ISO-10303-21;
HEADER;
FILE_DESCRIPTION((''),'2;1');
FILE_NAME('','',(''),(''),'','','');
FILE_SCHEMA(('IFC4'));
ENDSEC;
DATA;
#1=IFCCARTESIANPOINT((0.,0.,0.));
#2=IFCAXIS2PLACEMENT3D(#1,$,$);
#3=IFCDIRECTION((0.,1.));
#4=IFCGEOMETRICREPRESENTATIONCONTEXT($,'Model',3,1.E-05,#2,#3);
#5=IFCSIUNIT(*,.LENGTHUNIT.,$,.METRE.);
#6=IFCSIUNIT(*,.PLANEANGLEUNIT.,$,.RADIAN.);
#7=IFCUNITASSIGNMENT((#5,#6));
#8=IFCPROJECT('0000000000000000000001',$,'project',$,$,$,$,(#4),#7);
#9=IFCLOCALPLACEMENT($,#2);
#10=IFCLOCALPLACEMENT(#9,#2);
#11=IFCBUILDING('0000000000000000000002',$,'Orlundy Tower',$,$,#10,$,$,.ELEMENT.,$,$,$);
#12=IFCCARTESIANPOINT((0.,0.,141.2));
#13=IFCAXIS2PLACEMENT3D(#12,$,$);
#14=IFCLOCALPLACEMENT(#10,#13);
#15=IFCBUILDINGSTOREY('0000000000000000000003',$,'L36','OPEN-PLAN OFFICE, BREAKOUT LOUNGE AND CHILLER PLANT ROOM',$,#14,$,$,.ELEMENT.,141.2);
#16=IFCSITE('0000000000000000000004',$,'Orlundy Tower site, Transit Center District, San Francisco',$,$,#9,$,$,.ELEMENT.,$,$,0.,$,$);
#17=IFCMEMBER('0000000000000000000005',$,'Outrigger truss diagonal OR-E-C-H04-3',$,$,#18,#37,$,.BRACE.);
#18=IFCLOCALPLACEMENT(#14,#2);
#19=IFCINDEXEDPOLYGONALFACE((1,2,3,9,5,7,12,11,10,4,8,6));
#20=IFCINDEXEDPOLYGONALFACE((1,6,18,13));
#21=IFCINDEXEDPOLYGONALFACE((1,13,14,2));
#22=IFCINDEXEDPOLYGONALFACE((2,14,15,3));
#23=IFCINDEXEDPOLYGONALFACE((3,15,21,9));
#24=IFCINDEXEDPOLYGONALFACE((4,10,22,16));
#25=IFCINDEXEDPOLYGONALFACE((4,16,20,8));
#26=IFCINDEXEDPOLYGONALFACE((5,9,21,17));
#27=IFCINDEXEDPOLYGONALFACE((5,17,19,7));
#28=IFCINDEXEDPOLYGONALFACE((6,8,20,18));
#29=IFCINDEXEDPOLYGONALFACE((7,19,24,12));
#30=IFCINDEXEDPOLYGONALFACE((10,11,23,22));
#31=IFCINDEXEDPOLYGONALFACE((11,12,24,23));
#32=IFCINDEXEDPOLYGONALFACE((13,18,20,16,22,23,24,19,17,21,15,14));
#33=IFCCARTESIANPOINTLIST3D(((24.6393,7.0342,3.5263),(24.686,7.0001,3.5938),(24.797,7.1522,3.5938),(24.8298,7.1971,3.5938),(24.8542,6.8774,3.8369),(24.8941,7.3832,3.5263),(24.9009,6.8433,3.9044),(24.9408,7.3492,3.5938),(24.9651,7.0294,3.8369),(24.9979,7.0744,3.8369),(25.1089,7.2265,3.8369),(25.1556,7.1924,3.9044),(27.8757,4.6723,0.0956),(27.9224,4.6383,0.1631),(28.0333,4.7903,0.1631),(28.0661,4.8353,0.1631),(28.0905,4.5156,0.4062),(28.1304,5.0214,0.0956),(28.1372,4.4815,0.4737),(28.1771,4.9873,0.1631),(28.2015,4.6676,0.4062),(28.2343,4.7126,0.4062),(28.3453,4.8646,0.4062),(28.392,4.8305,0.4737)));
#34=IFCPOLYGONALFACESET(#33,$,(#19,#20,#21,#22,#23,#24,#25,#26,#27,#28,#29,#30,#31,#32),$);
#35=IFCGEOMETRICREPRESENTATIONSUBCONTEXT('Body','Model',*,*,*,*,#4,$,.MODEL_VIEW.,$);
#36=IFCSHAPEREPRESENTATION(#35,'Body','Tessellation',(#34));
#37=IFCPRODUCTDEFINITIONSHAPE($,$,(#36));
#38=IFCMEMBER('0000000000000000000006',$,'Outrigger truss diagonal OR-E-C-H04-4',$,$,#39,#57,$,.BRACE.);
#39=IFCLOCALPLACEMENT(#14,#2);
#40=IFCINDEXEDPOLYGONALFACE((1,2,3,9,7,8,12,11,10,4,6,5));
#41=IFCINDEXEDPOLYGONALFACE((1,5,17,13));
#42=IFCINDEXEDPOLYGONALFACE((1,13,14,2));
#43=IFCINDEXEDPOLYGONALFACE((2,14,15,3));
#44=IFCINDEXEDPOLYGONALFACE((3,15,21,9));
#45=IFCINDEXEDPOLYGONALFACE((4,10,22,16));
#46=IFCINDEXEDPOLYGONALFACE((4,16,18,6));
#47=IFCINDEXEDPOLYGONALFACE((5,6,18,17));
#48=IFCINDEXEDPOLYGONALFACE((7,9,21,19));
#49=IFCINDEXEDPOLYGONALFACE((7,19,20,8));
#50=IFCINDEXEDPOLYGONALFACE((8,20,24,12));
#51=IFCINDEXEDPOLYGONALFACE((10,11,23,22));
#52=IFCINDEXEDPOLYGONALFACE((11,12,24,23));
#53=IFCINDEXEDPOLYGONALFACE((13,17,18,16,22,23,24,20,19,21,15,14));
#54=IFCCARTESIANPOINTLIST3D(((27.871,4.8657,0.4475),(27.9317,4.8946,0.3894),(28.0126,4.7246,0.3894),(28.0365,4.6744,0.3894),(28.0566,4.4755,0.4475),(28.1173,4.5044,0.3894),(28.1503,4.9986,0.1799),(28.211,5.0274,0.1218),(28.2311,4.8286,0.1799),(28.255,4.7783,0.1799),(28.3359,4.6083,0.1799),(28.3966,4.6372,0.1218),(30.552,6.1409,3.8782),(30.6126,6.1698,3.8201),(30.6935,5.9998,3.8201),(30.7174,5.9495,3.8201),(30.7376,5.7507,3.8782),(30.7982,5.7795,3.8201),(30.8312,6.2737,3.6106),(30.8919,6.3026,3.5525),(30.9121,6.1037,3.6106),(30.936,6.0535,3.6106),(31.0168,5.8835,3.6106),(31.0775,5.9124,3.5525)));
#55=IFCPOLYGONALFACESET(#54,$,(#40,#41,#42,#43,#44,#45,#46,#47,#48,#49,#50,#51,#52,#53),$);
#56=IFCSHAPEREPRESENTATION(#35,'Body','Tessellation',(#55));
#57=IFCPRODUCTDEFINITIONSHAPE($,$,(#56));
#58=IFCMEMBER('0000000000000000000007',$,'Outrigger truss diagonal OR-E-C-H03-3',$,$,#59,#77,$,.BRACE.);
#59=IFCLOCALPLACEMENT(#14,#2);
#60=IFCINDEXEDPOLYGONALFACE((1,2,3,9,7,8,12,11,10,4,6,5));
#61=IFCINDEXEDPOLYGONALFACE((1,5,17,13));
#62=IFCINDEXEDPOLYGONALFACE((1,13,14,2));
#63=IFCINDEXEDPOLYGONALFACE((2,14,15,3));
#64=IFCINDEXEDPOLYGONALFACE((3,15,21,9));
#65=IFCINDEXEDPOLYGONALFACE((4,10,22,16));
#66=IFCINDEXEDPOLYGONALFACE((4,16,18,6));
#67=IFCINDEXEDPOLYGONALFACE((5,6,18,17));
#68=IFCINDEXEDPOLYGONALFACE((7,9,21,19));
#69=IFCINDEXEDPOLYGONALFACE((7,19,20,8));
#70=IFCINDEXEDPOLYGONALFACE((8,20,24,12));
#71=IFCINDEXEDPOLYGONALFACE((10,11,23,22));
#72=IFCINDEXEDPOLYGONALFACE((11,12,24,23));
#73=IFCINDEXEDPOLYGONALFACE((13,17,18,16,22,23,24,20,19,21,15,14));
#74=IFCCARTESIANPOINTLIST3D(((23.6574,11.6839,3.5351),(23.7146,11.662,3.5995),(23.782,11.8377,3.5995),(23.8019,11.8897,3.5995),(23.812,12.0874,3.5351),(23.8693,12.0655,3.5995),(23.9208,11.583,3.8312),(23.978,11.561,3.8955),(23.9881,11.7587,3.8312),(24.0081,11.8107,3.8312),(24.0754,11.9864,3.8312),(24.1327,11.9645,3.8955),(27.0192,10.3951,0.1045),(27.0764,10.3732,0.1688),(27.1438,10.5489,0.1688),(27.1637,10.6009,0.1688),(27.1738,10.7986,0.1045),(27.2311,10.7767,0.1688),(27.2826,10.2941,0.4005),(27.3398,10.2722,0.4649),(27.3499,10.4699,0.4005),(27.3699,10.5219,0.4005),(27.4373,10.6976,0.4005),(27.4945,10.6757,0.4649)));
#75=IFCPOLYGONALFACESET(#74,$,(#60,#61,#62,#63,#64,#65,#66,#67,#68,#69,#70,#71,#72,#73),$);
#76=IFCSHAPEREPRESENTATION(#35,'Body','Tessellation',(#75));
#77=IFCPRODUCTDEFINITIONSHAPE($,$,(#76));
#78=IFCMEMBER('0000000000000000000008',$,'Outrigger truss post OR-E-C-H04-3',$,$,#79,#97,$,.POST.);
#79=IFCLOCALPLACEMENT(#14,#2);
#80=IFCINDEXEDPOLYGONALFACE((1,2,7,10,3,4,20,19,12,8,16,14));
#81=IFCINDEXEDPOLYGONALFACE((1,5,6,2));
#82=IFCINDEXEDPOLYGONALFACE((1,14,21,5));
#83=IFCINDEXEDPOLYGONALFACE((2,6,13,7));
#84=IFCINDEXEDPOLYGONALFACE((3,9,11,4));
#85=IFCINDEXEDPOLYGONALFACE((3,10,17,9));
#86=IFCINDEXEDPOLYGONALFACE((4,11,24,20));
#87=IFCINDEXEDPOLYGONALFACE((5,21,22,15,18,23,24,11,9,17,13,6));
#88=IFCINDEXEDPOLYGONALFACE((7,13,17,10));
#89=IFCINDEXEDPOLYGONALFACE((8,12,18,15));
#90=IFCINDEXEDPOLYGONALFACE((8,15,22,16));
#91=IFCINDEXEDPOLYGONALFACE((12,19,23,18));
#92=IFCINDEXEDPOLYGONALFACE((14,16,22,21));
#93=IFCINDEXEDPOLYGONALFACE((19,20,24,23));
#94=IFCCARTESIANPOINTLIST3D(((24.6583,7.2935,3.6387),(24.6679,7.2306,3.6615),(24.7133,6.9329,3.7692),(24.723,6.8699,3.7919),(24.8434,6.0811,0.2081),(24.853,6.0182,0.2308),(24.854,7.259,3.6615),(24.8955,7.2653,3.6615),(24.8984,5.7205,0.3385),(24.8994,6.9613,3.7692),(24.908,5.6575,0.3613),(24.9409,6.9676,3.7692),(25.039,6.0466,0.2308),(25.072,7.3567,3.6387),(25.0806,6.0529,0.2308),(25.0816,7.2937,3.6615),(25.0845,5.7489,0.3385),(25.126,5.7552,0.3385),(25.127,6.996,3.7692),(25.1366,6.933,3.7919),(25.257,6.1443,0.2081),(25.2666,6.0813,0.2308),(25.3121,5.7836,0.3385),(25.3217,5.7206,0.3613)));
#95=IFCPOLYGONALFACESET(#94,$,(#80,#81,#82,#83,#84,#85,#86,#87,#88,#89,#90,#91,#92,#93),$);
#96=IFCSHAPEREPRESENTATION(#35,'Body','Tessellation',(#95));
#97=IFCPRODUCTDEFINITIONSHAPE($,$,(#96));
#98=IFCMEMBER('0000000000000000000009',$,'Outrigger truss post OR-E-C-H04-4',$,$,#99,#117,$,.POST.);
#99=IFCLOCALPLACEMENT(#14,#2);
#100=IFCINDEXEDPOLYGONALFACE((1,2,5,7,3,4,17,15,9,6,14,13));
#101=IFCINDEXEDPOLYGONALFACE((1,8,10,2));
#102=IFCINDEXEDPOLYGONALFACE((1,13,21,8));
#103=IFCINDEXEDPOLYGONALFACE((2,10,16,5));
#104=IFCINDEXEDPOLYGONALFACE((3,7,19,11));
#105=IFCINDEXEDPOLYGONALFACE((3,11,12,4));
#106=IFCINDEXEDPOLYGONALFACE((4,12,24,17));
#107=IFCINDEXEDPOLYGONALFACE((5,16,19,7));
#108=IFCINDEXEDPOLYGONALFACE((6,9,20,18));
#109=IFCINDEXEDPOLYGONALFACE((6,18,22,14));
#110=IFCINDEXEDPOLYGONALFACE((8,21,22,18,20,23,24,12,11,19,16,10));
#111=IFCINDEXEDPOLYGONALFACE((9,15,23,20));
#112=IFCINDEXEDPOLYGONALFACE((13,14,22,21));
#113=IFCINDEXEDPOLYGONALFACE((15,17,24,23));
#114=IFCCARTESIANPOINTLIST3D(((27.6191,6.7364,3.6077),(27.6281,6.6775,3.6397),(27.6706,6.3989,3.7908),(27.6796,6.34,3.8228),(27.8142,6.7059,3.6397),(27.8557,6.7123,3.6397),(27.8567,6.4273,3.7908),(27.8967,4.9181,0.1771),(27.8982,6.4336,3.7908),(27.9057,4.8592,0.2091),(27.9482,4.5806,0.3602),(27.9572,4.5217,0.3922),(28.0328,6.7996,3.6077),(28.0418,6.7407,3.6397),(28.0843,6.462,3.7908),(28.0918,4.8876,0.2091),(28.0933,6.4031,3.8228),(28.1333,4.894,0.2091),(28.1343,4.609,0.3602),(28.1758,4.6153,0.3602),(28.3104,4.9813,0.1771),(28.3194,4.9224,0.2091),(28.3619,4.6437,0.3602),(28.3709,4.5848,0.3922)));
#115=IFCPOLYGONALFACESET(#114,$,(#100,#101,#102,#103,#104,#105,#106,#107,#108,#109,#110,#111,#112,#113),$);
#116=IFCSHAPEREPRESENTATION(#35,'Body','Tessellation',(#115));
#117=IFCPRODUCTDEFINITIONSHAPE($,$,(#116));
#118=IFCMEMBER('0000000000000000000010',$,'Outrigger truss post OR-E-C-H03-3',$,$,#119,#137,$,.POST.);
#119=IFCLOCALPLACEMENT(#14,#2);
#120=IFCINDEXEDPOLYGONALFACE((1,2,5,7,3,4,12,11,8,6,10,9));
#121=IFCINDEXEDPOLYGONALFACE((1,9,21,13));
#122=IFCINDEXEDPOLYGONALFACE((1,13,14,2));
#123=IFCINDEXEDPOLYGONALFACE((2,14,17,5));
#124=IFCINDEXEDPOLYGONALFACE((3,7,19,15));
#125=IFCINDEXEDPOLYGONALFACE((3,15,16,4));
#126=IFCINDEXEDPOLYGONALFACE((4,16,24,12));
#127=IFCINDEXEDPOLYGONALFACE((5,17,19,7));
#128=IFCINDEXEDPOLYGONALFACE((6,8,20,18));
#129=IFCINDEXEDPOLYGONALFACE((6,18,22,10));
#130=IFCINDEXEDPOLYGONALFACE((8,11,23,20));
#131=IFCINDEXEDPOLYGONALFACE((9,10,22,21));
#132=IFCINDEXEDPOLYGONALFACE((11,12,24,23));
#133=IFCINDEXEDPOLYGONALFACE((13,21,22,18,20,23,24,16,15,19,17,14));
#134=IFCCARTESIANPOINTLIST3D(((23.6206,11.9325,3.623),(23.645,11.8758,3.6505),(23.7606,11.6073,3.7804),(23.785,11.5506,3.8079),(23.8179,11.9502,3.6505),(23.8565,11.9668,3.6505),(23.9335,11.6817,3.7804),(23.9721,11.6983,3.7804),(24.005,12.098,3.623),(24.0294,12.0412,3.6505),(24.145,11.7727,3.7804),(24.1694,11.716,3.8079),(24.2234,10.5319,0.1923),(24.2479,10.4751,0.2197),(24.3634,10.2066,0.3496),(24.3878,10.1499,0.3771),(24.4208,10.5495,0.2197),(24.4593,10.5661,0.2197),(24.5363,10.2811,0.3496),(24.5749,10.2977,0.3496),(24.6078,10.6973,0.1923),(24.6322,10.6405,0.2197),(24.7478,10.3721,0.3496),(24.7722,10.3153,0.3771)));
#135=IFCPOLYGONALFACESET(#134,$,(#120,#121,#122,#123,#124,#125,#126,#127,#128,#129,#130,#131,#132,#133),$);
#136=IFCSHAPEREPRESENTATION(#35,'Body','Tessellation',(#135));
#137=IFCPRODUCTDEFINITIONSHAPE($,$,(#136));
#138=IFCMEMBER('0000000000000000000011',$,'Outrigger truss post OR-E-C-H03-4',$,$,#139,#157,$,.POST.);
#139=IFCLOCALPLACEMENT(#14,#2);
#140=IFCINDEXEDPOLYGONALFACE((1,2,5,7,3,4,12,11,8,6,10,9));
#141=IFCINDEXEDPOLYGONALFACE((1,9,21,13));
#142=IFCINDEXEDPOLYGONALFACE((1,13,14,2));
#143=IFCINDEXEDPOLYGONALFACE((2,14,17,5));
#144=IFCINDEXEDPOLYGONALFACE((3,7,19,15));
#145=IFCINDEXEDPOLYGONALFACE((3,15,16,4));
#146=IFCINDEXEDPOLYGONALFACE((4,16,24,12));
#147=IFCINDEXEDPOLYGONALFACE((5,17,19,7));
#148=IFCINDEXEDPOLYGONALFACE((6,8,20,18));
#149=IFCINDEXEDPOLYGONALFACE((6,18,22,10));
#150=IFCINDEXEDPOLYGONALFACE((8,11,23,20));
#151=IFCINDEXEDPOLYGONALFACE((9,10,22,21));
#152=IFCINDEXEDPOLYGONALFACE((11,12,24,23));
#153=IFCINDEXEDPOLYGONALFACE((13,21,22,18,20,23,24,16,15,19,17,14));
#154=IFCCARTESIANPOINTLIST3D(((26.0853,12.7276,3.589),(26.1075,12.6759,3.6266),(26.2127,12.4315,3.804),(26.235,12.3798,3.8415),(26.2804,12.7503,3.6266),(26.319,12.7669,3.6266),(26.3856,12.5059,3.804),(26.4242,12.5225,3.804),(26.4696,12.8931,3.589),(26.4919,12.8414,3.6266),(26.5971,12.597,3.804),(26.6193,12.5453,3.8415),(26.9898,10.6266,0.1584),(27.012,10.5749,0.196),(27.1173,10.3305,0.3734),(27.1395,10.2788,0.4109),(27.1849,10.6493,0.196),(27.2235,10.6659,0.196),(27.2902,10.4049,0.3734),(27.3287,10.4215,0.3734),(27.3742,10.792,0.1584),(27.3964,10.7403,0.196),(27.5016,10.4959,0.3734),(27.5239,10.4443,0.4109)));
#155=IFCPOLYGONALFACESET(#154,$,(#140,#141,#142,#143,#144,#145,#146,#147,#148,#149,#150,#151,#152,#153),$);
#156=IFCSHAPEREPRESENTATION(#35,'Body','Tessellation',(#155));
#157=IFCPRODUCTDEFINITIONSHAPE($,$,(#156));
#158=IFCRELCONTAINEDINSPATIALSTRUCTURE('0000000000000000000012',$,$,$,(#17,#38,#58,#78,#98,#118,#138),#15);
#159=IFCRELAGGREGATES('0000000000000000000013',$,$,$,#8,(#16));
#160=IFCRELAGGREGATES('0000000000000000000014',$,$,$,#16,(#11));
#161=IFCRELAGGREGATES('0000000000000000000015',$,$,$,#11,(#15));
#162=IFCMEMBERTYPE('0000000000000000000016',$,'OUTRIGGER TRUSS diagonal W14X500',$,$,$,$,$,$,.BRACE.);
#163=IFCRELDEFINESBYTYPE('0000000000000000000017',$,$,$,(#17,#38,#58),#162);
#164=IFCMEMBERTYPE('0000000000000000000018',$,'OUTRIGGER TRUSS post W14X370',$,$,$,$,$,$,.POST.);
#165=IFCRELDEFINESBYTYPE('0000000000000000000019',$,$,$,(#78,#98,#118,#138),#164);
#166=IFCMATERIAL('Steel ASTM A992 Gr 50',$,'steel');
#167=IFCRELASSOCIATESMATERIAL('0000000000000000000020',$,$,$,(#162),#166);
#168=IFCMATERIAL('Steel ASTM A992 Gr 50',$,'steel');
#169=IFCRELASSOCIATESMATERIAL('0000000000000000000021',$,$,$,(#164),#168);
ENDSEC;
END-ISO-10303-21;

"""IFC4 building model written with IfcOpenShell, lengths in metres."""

from ifc_helpers import new_model, si_unit, direction, frame, origin, origin_2d, place, context, subcontext, project, spatial, i_section, extrude, material, material_profile, profile_set, type_object, element, save


model = new_model("IFC4")

# Units and contexts
model_context = context("Model", 3, precision=1e-05, world=origin(), true_north=direction((0.0, 1.0)))
body_context = subcontext(model_context, "Body", "Model", "MODEL_VIEW")
ifc_project = project(units=[si_unit("LENGTHUNIT", "METRE"), si_unit("PLANEANGLEUNIT", "RADIAN")], contexts=[model_context])

# Site, building, storey
site_placement = place(None, origin())
site = spatial("IfcSite", under=ifc_project, at=site_placement, Name="Orlundy Tower site, Transit Center District, San Francisco", CompositionType="ELEMENT", RefElevation=0.0)
building_placement = place(site_placement, origin())
building = spatial("IfcBuilding", under=site, at=building_placement, Name="Orlundy Tower", CompositionType="ELEMENT")
storey_placement = place(building_placement, frame((0.0, 0.0, 141.2)))
storey = spatial("IfcBuildingStorey", under=building, at=storey_placement, Name="L36", Description="OPEN-PLAN OFFICE, BREAKOUT LOUNGE AND CHILLER PLANT ROOM", CompositionType="ELEMENT", Elevation=141.2)

# Members
ifc_material_1 = material(Name="Steel ASTM A992 Gr 50", Category="steel")
ifc_material_profile_1 = material_profile(ifc_material_1, i_section(OverallWidth=0.4321, OverallDepth=0.4978, WebThickness=0.0557, FlangeThickness=0.0889, at=origin_2d()), Name="W14X500")
ifc_profile_set_1 = profile_set([ifc_material_profile_1], Name="Steel ASTM A992 Gr 50")
member_type_1 = type_object("IfcMemberType", Name="OUTRIGGER TRUSS diagonal W14X500", PredefinedType="BRACE", material=ifc_profile_set_1)
member_1_placement = place(storey_placement, frame((24.8975, 7.1133, 3.7153), z_axis=(0.613568, -0.447771, -0.650412), x_axis=(0.589497, 0.807771, 0.0)))
element("IfcMember", 1, at=member_1_placement, inside=storey, type_object=member_type_1, Name="Outrigger truss diagonal OR-E-C-H04-3", PredefinedType="BRACE", context=body_context, shape_type="SweptSolid", body=[
    extrude(i_section(OverallWidth=0.4321, OverallDepth=0.4978, WebThickness=0.0557, FlangeThickness=0.0889, at=origin_2d()), origin(), (0.0, 0.0, 1.0), 5.2747),
])
member_2_placement = place(storey_placement, frame((28.1338, 4.7515, 0.2847), z_axis=(0.590922, 0.281066, 0.756183), x_axis=(-0.429528, 0.903053, 0.0)))
element("IfcMember", 2, at=member_2_placement, inside=storey, type_object=member_type_1, Name="Outrigger truss diagonal OR-E-C-H04-4", PredefinedType="BRACE", context=body_context, shape_type="SweptSolid", body=[
    extrude(i_section(OverallWidth=0.4321, OverallDepth=0.4978, WebThickness=0.0557, FlangeThickness=0.0889, at=origin_2d()), origin(), (0.0, 0.0, 1.0), 4.5369),
])
member_3_placement = place(storey_placement, frame((23.895, 11.8242, 3.7153), z_axis=(0.675992, -0.259155, -0.689836), x_axis=(0.357966, 0.933735, 0.0)))
element("IfcMember", 3, at=member_3_placement, inside=storey, type_object=member_type_1, Name="Outrigger truss diagonal OR-E-C-H03-3", PredefinedType="BRACE", context=body_context, shape_type="SweptSolid", body=[
    extrude(i_section(OverallWidth=0.4321, OverallDepth=0.4978, WebThickness=0.0557, FlangeThickness=0.0889, at=origin_2d()), origin(), (0.0, 0.0, 1.0), 4.9731),
])
ifc_material_2 = material(Name="Steel ASTM A992 Gr 50", Category="steel")
ifc_material_profile_2 = material_profile(ifc_material_2, i_section(OverallWidth=0.4185, OverallDepth=0.4551, WebThickness=0.042, FlangeThickness=0.0676, at=origin_2d()), Name="W14X370")
ifc_profile_set_2 = profile_set([ifc_material_profile_2], Name="Steel ASTM A992 Gr 50")
member_type_2 = type_object("IfcMemberType", Name="OUTRIGGER TRUSS post W14X370", PredefinedType="POST", material=ifc_profile_set_2)
member_4_placement = place(storey_placement, frame((25.0825, 5.9009, 0.2847), z_axis=(-0.050794, 0.332776, 0.941637), x_axis=(-0.988551, -0.15089, 0.0)))
element("IfcMember", 4, at=member_4_placement, inside=storey, type_object=member_type_2, Name="Outrigger truss post OR-E-C-H04-3", PredefinedType="POST", context=body_context, shape_type="SweptSolid", body=[
    extrude(i_section(OverallWidth=0.4185, OverallDepth=0.4551, WebThickness=0.042, FlangeThickness=0.0676, at=origin_2d()), origin(), (0.0, 0.0, 1.0), 3.6433),
])
member_5_placement = place(storey_placement, frame((28.1338, 4.7515, 0.2847), z_axis=(-0.07131, 0.467123, 0.881312), x_axis=(-0.988547, -0.15091, 0.0)))
element("IfcMember", 5, at=member_5_placement, inside=storey, type_object=member_type_2, Name="Outrigger truss post OR-E-C-H04-4", PredefinedType="POST", context=body_context, shape_type="SweptSolid", body=[
    extrude(i_section(OverallWidth=0.4185, OverallDepth=0.4551, WebThickness=0.042, FlangeThickness=0.0676, at=origin_2d()), origin(), (0.0, 0.0, 1.0), 3.8926),
])
member_6_placement = place(storey_placement, frame((24.4978, 10.4236, 0.2847), z_axis=(-0.160559, 0.373077, 0.913802), x_axis=(-0.918548, -0.39531, 0.0)))
element("IfcMember", 6, at=member_6_placement, inside=storey, type_object=member_type_2, Name="Outrigger truss post OR-E-C-H03-3", PredefinedType="POST", context=body_context, shape_type="SweptSolid", body=[
    extrude(i_section(OverallWidth=0.4185, OverallDepth=0.4551, WebThickness=0.042, FlangeThickness=0.0676, at=origin_2d()), origin(), (0.0, 0.0, 1.0), 3.7544),
])
member_7_placement = place(storey_placement, frame((27.2568, 10.5354, 0.2847), z_axis=(-0.219369, 0.509553, 0.832005), x_axis=(-0.918498, -0.395426, 0.0)))
element("IfcMember", 7, at=member_7_placement, inside=storey, type_object=member_type_2, Name="Outrigger truss post OR-E-C-H03-4", PredefinedType="POST", context=body_context, shape_type="SweptSolid", body=[
    extrude(i_section(OverallWidth=0.4185, OverallDepth=0.4551, WebThickness=0.042, FlangeThickness=0.0676, at=origin_2d()), origin(), (0.0, 0.0, 1.0), 4.1233),
])

save(model, "model.ifc")
